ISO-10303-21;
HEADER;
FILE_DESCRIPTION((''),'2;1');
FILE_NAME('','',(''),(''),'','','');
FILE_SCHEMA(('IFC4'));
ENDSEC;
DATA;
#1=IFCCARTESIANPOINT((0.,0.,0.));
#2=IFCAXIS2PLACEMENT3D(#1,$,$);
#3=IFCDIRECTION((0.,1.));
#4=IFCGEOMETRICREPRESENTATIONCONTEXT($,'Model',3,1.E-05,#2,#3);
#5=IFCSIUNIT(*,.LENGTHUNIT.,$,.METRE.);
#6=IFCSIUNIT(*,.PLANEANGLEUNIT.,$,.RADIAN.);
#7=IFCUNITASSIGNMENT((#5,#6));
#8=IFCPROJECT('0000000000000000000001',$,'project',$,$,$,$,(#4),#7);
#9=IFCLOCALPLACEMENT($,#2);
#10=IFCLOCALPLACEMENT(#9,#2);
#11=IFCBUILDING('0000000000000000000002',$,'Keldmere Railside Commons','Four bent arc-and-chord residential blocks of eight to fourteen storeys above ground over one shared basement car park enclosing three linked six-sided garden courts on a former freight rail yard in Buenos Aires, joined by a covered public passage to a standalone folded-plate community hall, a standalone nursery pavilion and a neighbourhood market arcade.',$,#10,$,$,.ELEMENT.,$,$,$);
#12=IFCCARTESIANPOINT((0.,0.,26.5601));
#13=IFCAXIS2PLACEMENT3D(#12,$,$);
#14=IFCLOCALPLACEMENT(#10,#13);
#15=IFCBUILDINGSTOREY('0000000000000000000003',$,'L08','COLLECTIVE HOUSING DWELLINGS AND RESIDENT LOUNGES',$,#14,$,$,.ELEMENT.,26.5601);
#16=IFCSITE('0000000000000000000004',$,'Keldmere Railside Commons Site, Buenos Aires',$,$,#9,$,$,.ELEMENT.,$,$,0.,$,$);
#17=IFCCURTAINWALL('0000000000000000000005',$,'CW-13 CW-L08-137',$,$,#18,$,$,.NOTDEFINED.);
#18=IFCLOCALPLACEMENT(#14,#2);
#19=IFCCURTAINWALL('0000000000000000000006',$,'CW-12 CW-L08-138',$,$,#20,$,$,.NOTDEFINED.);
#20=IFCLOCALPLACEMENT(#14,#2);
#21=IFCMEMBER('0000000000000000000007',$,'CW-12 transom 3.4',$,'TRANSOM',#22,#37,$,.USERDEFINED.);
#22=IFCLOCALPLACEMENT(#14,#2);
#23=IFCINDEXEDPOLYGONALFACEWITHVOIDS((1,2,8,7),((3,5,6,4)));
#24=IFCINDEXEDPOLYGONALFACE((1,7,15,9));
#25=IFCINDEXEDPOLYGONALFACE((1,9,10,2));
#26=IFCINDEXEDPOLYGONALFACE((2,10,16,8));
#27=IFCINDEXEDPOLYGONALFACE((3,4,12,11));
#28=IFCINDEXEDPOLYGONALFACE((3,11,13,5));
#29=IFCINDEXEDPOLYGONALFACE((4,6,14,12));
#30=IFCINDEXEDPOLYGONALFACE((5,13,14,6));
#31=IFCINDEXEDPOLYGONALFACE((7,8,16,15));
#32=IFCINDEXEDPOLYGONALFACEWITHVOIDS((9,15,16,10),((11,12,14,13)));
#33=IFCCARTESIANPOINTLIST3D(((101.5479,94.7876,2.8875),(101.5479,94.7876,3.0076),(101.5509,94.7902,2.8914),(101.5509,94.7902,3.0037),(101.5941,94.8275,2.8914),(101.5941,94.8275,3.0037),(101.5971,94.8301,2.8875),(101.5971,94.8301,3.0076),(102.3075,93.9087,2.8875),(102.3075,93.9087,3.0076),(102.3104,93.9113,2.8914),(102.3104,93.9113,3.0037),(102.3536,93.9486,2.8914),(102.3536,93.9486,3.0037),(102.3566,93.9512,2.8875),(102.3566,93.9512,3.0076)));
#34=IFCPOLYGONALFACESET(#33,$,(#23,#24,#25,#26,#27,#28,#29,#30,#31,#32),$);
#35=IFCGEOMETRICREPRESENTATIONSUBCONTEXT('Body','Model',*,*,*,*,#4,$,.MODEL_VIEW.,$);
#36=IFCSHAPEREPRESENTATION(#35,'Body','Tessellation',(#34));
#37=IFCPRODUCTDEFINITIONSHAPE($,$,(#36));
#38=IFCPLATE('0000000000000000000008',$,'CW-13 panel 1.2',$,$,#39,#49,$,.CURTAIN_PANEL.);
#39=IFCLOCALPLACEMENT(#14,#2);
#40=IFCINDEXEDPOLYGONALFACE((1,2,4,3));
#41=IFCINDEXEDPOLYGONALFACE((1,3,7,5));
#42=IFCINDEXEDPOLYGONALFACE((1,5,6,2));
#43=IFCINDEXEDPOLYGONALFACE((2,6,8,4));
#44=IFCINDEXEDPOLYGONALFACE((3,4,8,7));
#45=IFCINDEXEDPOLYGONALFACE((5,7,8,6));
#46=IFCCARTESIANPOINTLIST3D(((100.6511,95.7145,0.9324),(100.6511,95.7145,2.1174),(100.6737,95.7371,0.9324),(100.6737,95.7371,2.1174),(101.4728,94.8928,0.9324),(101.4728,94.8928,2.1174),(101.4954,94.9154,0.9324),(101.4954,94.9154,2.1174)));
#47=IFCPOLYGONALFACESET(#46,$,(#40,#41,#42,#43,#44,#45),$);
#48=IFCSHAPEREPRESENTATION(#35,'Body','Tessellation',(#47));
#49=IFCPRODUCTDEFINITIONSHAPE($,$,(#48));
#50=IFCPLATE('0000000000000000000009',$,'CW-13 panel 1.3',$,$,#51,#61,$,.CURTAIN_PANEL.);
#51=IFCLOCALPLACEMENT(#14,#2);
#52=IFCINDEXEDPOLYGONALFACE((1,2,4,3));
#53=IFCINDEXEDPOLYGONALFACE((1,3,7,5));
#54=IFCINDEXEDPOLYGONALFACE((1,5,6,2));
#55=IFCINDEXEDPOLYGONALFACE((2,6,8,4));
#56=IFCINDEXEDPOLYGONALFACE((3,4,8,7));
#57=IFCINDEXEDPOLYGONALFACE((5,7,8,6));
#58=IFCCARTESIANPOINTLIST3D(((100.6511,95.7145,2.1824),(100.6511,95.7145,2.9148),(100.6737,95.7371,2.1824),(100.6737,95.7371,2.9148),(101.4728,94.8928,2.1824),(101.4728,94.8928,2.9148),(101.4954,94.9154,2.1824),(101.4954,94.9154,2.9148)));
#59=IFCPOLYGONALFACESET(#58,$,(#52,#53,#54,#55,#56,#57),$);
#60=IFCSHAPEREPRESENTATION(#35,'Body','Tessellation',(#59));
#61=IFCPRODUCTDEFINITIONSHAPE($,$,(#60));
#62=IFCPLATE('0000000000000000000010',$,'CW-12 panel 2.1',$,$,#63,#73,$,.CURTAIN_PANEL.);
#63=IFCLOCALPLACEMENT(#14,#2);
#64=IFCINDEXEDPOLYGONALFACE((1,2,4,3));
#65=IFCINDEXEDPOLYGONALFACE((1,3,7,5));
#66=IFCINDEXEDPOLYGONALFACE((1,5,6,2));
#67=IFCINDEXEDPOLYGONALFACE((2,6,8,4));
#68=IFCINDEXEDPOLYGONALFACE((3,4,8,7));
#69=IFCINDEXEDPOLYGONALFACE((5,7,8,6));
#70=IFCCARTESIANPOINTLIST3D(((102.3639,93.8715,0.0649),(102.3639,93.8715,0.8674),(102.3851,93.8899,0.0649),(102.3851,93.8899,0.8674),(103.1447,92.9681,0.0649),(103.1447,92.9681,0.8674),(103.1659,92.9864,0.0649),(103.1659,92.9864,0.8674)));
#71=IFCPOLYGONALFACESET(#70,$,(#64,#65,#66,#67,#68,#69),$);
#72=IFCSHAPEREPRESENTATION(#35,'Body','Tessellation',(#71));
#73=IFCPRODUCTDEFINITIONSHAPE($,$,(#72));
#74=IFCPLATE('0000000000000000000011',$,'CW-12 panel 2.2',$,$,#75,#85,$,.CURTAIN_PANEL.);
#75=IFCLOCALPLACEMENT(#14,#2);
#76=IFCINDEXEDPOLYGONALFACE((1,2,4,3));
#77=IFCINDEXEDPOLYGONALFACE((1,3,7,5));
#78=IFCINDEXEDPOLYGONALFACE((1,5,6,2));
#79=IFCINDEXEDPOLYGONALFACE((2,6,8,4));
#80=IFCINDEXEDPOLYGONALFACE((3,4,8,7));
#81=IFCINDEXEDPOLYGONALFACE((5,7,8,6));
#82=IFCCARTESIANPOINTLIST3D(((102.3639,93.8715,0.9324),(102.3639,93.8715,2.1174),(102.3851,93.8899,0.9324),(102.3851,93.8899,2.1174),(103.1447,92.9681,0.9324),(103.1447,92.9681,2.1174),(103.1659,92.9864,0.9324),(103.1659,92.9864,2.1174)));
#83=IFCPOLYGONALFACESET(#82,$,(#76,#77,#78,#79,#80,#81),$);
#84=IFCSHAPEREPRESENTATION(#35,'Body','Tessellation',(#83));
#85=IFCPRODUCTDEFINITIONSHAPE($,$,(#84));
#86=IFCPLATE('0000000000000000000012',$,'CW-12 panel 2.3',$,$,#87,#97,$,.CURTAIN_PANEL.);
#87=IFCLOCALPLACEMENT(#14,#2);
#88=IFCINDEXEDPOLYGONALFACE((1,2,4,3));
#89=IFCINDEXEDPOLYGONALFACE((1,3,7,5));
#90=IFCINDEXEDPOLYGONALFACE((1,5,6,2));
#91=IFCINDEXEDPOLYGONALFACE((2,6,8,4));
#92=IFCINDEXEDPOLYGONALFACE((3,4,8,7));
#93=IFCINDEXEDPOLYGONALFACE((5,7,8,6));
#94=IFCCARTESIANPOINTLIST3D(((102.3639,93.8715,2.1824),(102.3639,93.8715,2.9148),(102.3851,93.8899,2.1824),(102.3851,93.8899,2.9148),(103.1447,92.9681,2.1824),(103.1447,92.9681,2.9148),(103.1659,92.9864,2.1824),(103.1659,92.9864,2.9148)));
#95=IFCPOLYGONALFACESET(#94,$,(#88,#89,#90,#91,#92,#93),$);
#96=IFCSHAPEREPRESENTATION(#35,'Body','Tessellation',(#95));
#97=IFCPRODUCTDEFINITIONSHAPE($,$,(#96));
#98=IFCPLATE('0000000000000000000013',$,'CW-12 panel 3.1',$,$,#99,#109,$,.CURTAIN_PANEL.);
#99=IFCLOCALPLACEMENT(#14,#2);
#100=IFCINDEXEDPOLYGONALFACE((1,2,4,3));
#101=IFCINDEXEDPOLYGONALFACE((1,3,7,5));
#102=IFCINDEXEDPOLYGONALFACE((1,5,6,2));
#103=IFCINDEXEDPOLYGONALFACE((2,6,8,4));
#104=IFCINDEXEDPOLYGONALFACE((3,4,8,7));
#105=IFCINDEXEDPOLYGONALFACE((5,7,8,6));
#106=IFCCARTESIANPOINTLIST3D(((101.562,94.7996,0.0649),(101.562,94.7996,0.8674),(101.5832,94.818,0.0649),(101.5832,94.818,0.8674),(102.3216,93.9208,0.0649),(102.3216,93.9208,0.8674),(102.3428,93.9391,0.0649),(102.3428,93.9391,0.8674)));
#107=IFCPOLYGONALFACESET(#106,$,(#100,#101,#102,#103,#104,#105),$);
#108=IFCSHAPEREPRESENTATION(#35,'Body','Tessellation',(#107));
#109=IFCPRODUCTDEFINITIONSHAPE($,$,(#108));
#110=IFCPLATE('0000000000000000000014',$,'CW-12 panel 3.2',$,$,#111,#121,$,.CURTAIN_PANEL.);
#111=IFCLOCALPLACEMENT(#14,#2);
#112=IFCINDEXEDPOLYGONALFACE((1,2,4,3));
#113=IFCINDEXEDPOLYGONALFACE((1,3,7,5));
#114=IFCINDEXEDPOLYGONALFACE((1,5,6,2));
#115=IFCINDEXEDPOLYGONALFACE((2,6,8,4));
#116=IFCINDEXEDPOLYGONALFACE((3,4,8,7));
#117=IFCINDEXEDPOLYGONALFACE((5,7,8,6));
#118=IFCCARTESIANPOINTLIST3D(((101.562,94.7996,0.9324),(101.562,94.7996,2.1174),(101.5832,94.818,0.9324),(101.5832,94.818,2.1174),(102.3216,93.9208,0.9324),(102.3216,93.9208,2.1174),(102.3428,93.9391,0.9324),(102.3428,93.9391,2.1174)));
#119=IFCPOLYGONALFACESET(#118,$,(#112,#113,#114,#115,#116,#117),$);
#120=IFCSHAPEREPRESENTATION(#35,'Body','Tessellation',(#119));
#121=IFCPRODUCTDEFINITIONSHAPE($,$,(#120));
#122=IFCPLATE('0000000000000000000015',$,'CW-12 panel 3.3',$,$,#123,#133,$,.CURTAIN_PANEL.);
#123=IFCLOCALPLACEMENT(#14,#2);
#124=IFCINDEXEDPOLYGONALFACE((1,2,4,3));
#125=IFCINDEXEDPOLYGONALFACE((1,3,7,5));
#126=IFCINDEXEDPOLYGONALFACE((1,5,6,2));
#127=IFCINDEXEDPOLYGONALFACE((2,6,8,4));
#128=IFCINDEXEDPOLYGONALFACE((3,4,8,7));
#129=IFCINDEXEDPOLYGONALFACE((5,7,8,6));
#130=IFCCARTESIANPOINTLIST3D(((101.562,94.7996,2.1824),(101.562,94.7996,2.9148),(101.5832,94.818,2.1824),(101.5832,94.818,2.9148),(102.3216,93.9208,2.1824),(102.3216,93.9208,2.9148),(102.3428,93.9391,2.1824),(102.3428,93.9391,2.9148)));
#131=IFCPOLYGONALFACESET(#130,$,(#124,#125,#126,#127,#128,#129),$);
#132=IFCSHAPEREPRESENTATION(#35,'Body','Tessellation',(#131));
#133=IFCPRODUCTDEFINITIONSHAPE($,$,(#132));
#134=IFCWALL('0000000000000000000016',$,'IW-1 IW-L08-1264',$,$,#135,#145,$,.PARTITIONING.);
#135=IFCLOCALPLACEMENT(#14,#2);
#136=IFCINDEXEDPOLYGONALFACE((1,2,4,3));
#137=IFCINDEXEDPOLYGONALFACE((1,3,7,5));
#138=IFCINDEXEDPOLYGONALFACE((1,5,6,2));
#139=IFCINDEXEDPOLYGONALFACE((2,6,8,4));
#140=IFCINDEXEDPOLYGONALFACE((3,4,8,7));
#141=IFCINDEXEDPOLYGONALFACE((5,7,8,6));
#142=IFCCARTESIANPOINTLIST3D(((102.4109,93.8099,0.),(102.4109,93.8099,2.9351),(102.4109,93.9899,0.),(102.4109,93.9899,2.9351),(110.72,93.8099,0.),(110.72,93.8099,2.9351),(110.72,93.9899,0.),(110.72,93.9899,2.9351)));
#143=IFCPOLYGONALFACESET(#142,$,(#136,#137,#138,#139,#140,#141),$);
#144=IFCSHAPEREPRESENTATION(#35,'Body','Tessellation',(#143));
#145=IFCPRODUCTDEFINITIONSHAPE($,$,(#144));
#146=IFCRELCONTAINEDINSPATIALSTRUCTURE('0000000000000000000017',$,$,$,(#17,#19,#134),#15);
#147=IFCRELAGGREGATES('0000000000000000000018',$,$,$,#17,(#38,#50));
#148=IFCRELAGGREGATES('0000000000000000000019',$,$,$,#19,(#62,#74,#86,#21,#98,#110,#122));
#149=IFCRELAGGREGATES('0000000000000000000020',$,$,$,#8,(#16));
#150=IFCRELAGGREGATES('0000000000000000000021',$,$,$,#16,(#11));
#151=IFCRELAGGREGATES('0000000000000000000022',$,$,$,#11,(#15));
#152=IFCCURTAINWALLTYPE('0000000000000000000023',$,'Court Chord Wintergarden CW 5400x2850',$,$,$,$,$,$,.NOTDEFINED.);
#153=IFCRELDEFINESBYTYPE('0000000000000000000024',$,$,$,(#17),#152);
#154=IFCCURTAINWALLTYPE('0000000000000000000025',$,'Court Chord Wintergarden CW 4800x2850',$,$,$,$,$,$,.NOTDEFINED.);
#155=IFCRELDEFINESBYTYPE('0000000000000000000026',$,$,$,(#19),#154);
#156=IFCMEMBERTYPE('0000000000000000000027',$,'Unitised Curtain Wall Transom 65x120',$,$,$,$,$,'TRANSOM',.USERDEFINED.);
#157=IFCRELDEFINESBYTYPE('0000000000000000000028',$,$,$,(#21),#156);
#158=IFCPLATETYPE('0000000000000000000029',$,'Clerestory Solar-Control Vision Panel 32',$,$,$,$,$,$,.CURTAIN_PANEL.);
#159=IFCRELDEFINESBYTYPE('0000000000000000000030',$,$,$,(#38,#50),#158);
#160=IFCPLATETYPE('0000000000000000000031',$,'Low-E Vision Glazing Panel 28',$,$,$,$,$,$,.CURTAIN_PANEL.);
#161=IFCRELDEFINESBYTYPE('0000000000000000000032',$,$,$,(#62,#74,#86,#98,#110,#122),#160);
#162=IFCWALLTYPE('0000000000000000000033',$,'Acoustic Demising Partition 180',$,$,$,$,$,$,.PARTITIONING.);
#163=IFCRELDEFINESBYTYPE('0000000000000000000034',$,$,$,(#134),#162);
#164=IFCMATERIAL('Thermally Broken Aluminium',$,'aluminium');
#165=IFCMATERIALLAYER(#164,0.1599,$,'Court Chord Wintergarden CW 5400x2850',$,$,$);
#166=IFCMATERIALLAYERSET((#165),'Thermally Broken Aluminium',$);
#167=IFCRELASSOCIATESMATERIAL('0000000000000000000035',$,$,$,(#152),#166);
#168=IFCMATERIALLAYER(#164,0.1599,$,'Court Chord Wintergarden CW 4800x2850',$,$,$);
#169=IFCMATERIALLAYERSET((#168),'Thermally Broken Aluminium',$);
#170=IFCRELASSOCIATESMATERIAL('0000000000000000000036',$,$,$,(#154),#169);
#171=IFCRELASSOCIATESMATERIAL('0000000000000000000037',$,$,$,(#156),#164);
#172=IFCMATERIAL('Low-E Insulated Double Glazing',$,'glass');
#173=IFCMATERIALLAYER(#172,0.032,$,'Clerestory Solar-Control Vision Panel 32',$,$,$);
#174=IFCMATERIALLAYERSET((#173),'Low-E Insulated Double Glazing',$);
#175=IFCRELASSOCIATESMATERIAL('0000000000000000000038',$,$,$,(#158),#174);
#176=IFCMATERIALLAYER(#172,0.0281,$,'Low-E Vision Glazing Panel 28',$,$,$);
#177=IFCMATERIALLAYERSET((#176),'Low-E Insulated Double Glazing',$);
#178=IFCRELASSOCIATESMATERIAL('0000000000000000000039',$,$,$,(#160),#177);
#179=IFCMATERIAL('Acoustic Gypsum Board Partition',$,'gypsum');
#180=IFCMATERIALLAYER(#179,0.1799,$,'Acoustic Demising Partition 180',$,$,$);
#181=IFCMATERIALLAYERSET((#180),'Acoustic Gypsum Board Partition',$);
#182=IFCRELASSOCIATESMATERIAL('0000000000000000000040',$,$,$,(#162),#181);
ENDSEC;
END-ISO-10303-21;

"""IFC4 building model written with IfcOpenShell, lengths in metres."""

from ifc_helpers import new_model, si_unit, direction, frame, frame_2d, origin, origin_2d, place, context, subcontext, project, spatial, rectangle, hollow_rectangle, extrude, material, layer, layer_set, material_profile, profile_set, type_object, element, aggregate, save


model = new_model("IFC4")

# Units and contexts
model_context = context("Model", 3, precision=1e-05, world=origin(), true_north=direction((0.0, 1.0)))
body_context = subcontext(model_context, "Body", "Model", "MODEL_VIEW")
ifc_project = project(units=[si_unit("LENGTHUNIT", "METRE"), si_unit("PLANEANGLEUNIT", "RADIAN")], contexts=[model_context])

# Site, building, storey
site_placement = place(None, origin())
site = spatial("IfcSite", under=ifc_project, at=site_placement, Name="Keldmere Railside Commons Site, Buenos Aires", CompositionType="ELEMENT", RefElevation=0.0)
building_placement = place(site_placement, origin())
building = spatial("IfcBuilding", under=site, at=building_placement, Name="Keldmere Railside Commons", Description="Four bent arc-and-chord residential blocks of eight to fourteen storeys above ground over one shared basement car park enclosing three linked six-sided garden courts on a former freight rail yard in Buenos Aires, joined by a covered public passage to a standalone folded-plate community hall, a standalone nursery pavilion and a neighbourhood market arcade.", CompositionType="ELEMENT")
storey_placement = place(building_placement, frame((0.0, 0.0, 26.5601)))
storey = spatial("IfcBuildingStorey", under=building, at=storey_placement, Name="L08", Description="COLLECTIVE HOUSING DWELLINGS AND RESIDENT LOUNGES", CompositionType="ELEMENT", Elevation=26.5601)

# Curtain wall
ifc_material_1 = material(Name="Thermally Broken Aluminium", Category="aluminium")
ifc_layer_1 = layer(ifc_material_1, 0.1599, Name="Court Chord Wintergarden CW 5400x2850")
ifc_layer_set_1 = layer_set([ifc_layer_1], Name="Thermally Broken Aluminium")
curtain_wall_type_1 = type_object("IfcCurtainWallType", Name="Court Chord Wintergarden CW 5400x2850", PredefinedType="NOTDEFINED", material=ifc_layer_set_1)
curtain_wall_1_placement = place(storey_placement, origin())
curtain_wall_1 = element("IfcCurtainWall", 1, at=curtain_wall_1_placement, inside=storey, type_object=curtain_wall_type_1, Name="CW-13 CW-L08-137", PredefinedType="NOTDEFINED")

# Curtain wall
ifc_layer_2 = layer(ifc_material_1, 0.1599, Name="Court Chord Wintergarden CW 4800x2850")
ifc_layer_set_2 = layer_set([ifc_layer_2], Name="Thermally Broken Aluminium")
curtain_wall_type_2 = type_object("IfcCurtainWallType", Name="Court Chord Wintergarden CW 4800x2850", PredefinedType="NOTDEFINED", material=ifc_layer_set_2)
curtain_wall_2_placement = place(storey_placement, origin())
curtain_wall_2 = element("IfcCurtainWall", 2, at=curtain_wall_2_placement, inside=storey, type_object=curtain_wall_type_2, Name="CW-12 CW-L08-138", PredefinedType="NOTDEFINED")

# Member
ifc_material_profile_1 = material_profile(ifc_material_1, hollow_rectangle(XDim=0.0649, YDim=0.1201, WallThickness=0.0039, at=origin_2d()), Name="ALU-TRAN-65x120")
ifc_profile_set_1 = profile_set([ifc_material_profile_1], Name="Thermally Broken Aluminium")
member_type_1 = type_object("IfcMemberType", Name="Unitised Curtain Wall Transom 65x120", ElementType="TRANSOM", PredefinedType="USERDEFINED", material=ifc_profile_set_1)
member_1_placement = place(storey_placement, frame((102.332, 93.9299, 2.9475), z_axis=(-0.65385, 0.756624, 0.0), x_axis=(-0.756624, -0.65385, 0.0)))
member_1 = element("IfcMember", 3, at=member_1_placement, type_object=member_type_1, Name="CW-12 transom 3.4", ObjectType="TRANSOM", PredefinedType="USERDEFINED", context=body_context, shape_type="SweptSolid", body=[
    extrude(hollow_rectangle(XDim=0.0649, YDim=0.1201, WallThickness=0.0039, at=origin_2d()), origin(), (0.0, 0.0, 1.0), 1.1616),
])

# Plates
ifc_material_2 = material(Name="Low-E Insulated Double Glazing", Category="glass")
ifc_layer_3 = layer(ifc_material_2, 0.032, Name="Clerestory Solar-Control Vision Panel 32")
ifc_layer_set_3 = layer_set([ifc_layer_3], Name="Low-E Insulated Double Glazing")
plate_type_1 = type_object("IfcPlateType", Name="Clerestory Solar-Control Vision Panel 32", PredefinedType="CURTAIN_PANEL", material=ifc_layer_set_3)
plate_1_placement = place(storey_placement, frame((101.0732, 95.3149, 0.9324), z_axis=(0.0, 0.0, 1.0), x_axis=(-0.707107, 0.707107, 0.0)))
plate_1 = element("IfcPlate", 4, at=plate_1_placement, type_object=plate_type_1, Name="CW-13 panel 1.2", PredefinedType="CURTAIN_PANEL", context=body_context, shape_type="SweptSolid", body=[
    extrude(rectangle(XDim=1.1621, YDim=0.032, at=origin_2d()), origin(), (0.0, 0.0, 1.0), 1.1851),
])
plate_2_placement = place(storey_placement, frame((101.0732, 95.3149, 2.1824), z_axis=(0.0, 0.0, 1.0), x_axis=(-0.707107, 0.707107, 0.0)))
plate_2 = element("IfcPlate", 5, at=plate_2_placement, type_object=plate_type_1, Name="CW-13 panel 1.3", PredefinedType="CURTAIN_PANEL", context=body_context, shape_type="SweptSolid", body=[
    extrude(rectangle(XDim=1.1621, YDim=0.032, at=origin_2d()), origin(), (0.0, 0.0, 1.0), 0.7324),
])
aggregate(curtain_wall_1, [plate_1, plate_2])
ifc_layer_4 = layer(ifc_material_2, 0.0281, Name="Low-E Vision Glazing Panel 28")
ifc_layer_set_4 = layer_set([ifc_layer_4], Name="Low-E Insulated Double Glazing")
plate_type_2 = type_object("IfcPlateType", Name="Low-E Vision Glazing Panel 28", PredefinedType="CURTAIN_PANEL", material=ifc_layer_set_4)
plate_3_placement = place(storey_placement, frame((102.7649, 93.429, 0.0649), z_axis=(0.0, 0.0, 1.0), x_axis=(-0.653882, 0.756597, 0.0)))
plate_3 = element("IfcPlate", 6, at=plate_3_placement, type_object=plate_type_2, Name="CW-12 panel 2.1", PredefinedType="CURTAIN_PANEL", context=body_context, shape_type="SweptSolid", body=[
    extrude(rectangle(XDim=1.1941, YDim=0.0281, at=origin_2d()), origin(), (0.0, 0.0, 1.0), 0.8025),
])
plate_4_placement = place(storey_placement, frame((102.7649, 93.429, 0.9324), z_axis=(0.0, 0.0, 1.0), x_axis=(-0.653882, 0.756597, 0.0)))
plate_4 = element("IfcPlate", 7, at=plate_4_placement, type_object=plate_type_2, Name="CW-12 panel 2.2", PredefinedType="CURTAIN_PANEL", context=body_context, shape_type="SweptSolid", body=[
    extrude(rectangle(XDim=1.1941, YDim=0.0281, at=origin_2d()), origin(), (0.0, 0.0, 1.0), 1.1851),
])
plate_5_placement = place(storey_placement, frame((102.7649, 93.429, 2.1824), z_axis=(0.0, 0.0, 1.0), x_axis=(-0.653882, 0.756597, 0.0)))
plate_5 = element("IfcPlate", 8, at=plate_5_placement, type_object=plate_type_2, Name="CW-12 panel 2.3", PredefinedType="CURTAIN_PANEL", context=body_context, shape_type="SweptSolid", body=[
    extrude(rectangle(XDim=1.1941, YDim=0.0281, at=origin_2d()), origin(), (0.0, 0.0, 1.0), 0.7324),
])
plate_6_placement = place(storey_placement, frame((101.9524, 94.3694, 0.0649), z_axis=(0.0, 0.0, 1.0), x_axis=(-0.653882, 0.756597, 0.0)))
plate_6 = element("IfcPlate", 9, at=plate_6_placement, type_object=plate_type_2, Name="CW-12 panel 3.1", PredefinedType="CURTAIN_PANEL", context=body_context, shape_type="SweptSolid", body=[
    extrude(rectangle(XDim=1.1616, YDim=0.0281, at=origin_2d()), origin(), (0.0, 0.0, 1.0), 0.8025),
])
plate_7_placement = place(storey_placement, frame((101.9524, 94.3694, 0.9324), z_axis=(0.0, 0.0, 1.0), x_axis=(-0.653882, 0.756597, 0.0)))
plate_7 = element("IfcPlate", 10, at=plate_7_placement, type_object=plate_type_2, Name="CW-12 panel 3.2", PredefinedType="CURTAIN_PANEL", context=body_context, shape_type="SweptSolid", body=[
    extrude(rectangle(XDim=1.1616, YDim=0.0281, at=origin_2d()), origin(), (0.0, 0.0, 1.0), 1.1851),
])
plate_8_placement = place(storey_placement, frame((101.9524, 94.3694, 2.1824), z_axis=(0.0, 0.0, 1.0), x_axis=(-0.653882, 0.756597, 0.0)))
plate_8 = element("IfcPlate", 11, at=plate_8_placement, type_object=plate_type_2, Name="CW-12 panel 3.3", PredefinedType="CURTAIN_PANEL", context=body_context, shape_type="SweptSolid", body=[
    extrude(rectangle(XDim=1.1616, YDim=0.0281, at=origin_2d()), origin(), (0.0, 0.0, 1.0), 0.7324),
])
aggregate(curtain_wall_2, [plate_3, plate_4, plate_5, member_1, plate_6, plate_7, plate_8])

# Wall
ifc_material_3 = material(Name="Acoustic Gypsum Board Partition", Category="gypsum")
ifc_layer_5 = layer(ifc_material_3, 0.1799, Name="Acoustic Demising Partition 180")
ifc_layer_set_5 = layer_set([ifc_layer_5], Name="Acoustic Gypsum Board Partition")
wall_type = type_object("IfcWallType", Name="Acoustic Demising Partition 180", PredefinedType="PARTITIONING", material=ifc_layer_set_5)
wall_placement = place(storey_placement, frame((102.4109, 93.8999, 0.0), z_axis=(0.0, 0.0, 1.0), x_axis=(1.0, 0.0, 0.0)))
element("IfcWall", 12, at=wall_placement, inside=storey, type_object=wall_type, Name="IW-1 IW-L08-1264", PredefinedType="PARTITIONING", context=body_context, shape_type="SweptSolid", body=[
    extrude(rectangle(XDim=8.3091, YDim=0.1799, at=frame_2d((4.1545, 0.0))), origin(), (0.0, 0.0, 1.0), 2.9351),
])

save(model, "model.ifc")
